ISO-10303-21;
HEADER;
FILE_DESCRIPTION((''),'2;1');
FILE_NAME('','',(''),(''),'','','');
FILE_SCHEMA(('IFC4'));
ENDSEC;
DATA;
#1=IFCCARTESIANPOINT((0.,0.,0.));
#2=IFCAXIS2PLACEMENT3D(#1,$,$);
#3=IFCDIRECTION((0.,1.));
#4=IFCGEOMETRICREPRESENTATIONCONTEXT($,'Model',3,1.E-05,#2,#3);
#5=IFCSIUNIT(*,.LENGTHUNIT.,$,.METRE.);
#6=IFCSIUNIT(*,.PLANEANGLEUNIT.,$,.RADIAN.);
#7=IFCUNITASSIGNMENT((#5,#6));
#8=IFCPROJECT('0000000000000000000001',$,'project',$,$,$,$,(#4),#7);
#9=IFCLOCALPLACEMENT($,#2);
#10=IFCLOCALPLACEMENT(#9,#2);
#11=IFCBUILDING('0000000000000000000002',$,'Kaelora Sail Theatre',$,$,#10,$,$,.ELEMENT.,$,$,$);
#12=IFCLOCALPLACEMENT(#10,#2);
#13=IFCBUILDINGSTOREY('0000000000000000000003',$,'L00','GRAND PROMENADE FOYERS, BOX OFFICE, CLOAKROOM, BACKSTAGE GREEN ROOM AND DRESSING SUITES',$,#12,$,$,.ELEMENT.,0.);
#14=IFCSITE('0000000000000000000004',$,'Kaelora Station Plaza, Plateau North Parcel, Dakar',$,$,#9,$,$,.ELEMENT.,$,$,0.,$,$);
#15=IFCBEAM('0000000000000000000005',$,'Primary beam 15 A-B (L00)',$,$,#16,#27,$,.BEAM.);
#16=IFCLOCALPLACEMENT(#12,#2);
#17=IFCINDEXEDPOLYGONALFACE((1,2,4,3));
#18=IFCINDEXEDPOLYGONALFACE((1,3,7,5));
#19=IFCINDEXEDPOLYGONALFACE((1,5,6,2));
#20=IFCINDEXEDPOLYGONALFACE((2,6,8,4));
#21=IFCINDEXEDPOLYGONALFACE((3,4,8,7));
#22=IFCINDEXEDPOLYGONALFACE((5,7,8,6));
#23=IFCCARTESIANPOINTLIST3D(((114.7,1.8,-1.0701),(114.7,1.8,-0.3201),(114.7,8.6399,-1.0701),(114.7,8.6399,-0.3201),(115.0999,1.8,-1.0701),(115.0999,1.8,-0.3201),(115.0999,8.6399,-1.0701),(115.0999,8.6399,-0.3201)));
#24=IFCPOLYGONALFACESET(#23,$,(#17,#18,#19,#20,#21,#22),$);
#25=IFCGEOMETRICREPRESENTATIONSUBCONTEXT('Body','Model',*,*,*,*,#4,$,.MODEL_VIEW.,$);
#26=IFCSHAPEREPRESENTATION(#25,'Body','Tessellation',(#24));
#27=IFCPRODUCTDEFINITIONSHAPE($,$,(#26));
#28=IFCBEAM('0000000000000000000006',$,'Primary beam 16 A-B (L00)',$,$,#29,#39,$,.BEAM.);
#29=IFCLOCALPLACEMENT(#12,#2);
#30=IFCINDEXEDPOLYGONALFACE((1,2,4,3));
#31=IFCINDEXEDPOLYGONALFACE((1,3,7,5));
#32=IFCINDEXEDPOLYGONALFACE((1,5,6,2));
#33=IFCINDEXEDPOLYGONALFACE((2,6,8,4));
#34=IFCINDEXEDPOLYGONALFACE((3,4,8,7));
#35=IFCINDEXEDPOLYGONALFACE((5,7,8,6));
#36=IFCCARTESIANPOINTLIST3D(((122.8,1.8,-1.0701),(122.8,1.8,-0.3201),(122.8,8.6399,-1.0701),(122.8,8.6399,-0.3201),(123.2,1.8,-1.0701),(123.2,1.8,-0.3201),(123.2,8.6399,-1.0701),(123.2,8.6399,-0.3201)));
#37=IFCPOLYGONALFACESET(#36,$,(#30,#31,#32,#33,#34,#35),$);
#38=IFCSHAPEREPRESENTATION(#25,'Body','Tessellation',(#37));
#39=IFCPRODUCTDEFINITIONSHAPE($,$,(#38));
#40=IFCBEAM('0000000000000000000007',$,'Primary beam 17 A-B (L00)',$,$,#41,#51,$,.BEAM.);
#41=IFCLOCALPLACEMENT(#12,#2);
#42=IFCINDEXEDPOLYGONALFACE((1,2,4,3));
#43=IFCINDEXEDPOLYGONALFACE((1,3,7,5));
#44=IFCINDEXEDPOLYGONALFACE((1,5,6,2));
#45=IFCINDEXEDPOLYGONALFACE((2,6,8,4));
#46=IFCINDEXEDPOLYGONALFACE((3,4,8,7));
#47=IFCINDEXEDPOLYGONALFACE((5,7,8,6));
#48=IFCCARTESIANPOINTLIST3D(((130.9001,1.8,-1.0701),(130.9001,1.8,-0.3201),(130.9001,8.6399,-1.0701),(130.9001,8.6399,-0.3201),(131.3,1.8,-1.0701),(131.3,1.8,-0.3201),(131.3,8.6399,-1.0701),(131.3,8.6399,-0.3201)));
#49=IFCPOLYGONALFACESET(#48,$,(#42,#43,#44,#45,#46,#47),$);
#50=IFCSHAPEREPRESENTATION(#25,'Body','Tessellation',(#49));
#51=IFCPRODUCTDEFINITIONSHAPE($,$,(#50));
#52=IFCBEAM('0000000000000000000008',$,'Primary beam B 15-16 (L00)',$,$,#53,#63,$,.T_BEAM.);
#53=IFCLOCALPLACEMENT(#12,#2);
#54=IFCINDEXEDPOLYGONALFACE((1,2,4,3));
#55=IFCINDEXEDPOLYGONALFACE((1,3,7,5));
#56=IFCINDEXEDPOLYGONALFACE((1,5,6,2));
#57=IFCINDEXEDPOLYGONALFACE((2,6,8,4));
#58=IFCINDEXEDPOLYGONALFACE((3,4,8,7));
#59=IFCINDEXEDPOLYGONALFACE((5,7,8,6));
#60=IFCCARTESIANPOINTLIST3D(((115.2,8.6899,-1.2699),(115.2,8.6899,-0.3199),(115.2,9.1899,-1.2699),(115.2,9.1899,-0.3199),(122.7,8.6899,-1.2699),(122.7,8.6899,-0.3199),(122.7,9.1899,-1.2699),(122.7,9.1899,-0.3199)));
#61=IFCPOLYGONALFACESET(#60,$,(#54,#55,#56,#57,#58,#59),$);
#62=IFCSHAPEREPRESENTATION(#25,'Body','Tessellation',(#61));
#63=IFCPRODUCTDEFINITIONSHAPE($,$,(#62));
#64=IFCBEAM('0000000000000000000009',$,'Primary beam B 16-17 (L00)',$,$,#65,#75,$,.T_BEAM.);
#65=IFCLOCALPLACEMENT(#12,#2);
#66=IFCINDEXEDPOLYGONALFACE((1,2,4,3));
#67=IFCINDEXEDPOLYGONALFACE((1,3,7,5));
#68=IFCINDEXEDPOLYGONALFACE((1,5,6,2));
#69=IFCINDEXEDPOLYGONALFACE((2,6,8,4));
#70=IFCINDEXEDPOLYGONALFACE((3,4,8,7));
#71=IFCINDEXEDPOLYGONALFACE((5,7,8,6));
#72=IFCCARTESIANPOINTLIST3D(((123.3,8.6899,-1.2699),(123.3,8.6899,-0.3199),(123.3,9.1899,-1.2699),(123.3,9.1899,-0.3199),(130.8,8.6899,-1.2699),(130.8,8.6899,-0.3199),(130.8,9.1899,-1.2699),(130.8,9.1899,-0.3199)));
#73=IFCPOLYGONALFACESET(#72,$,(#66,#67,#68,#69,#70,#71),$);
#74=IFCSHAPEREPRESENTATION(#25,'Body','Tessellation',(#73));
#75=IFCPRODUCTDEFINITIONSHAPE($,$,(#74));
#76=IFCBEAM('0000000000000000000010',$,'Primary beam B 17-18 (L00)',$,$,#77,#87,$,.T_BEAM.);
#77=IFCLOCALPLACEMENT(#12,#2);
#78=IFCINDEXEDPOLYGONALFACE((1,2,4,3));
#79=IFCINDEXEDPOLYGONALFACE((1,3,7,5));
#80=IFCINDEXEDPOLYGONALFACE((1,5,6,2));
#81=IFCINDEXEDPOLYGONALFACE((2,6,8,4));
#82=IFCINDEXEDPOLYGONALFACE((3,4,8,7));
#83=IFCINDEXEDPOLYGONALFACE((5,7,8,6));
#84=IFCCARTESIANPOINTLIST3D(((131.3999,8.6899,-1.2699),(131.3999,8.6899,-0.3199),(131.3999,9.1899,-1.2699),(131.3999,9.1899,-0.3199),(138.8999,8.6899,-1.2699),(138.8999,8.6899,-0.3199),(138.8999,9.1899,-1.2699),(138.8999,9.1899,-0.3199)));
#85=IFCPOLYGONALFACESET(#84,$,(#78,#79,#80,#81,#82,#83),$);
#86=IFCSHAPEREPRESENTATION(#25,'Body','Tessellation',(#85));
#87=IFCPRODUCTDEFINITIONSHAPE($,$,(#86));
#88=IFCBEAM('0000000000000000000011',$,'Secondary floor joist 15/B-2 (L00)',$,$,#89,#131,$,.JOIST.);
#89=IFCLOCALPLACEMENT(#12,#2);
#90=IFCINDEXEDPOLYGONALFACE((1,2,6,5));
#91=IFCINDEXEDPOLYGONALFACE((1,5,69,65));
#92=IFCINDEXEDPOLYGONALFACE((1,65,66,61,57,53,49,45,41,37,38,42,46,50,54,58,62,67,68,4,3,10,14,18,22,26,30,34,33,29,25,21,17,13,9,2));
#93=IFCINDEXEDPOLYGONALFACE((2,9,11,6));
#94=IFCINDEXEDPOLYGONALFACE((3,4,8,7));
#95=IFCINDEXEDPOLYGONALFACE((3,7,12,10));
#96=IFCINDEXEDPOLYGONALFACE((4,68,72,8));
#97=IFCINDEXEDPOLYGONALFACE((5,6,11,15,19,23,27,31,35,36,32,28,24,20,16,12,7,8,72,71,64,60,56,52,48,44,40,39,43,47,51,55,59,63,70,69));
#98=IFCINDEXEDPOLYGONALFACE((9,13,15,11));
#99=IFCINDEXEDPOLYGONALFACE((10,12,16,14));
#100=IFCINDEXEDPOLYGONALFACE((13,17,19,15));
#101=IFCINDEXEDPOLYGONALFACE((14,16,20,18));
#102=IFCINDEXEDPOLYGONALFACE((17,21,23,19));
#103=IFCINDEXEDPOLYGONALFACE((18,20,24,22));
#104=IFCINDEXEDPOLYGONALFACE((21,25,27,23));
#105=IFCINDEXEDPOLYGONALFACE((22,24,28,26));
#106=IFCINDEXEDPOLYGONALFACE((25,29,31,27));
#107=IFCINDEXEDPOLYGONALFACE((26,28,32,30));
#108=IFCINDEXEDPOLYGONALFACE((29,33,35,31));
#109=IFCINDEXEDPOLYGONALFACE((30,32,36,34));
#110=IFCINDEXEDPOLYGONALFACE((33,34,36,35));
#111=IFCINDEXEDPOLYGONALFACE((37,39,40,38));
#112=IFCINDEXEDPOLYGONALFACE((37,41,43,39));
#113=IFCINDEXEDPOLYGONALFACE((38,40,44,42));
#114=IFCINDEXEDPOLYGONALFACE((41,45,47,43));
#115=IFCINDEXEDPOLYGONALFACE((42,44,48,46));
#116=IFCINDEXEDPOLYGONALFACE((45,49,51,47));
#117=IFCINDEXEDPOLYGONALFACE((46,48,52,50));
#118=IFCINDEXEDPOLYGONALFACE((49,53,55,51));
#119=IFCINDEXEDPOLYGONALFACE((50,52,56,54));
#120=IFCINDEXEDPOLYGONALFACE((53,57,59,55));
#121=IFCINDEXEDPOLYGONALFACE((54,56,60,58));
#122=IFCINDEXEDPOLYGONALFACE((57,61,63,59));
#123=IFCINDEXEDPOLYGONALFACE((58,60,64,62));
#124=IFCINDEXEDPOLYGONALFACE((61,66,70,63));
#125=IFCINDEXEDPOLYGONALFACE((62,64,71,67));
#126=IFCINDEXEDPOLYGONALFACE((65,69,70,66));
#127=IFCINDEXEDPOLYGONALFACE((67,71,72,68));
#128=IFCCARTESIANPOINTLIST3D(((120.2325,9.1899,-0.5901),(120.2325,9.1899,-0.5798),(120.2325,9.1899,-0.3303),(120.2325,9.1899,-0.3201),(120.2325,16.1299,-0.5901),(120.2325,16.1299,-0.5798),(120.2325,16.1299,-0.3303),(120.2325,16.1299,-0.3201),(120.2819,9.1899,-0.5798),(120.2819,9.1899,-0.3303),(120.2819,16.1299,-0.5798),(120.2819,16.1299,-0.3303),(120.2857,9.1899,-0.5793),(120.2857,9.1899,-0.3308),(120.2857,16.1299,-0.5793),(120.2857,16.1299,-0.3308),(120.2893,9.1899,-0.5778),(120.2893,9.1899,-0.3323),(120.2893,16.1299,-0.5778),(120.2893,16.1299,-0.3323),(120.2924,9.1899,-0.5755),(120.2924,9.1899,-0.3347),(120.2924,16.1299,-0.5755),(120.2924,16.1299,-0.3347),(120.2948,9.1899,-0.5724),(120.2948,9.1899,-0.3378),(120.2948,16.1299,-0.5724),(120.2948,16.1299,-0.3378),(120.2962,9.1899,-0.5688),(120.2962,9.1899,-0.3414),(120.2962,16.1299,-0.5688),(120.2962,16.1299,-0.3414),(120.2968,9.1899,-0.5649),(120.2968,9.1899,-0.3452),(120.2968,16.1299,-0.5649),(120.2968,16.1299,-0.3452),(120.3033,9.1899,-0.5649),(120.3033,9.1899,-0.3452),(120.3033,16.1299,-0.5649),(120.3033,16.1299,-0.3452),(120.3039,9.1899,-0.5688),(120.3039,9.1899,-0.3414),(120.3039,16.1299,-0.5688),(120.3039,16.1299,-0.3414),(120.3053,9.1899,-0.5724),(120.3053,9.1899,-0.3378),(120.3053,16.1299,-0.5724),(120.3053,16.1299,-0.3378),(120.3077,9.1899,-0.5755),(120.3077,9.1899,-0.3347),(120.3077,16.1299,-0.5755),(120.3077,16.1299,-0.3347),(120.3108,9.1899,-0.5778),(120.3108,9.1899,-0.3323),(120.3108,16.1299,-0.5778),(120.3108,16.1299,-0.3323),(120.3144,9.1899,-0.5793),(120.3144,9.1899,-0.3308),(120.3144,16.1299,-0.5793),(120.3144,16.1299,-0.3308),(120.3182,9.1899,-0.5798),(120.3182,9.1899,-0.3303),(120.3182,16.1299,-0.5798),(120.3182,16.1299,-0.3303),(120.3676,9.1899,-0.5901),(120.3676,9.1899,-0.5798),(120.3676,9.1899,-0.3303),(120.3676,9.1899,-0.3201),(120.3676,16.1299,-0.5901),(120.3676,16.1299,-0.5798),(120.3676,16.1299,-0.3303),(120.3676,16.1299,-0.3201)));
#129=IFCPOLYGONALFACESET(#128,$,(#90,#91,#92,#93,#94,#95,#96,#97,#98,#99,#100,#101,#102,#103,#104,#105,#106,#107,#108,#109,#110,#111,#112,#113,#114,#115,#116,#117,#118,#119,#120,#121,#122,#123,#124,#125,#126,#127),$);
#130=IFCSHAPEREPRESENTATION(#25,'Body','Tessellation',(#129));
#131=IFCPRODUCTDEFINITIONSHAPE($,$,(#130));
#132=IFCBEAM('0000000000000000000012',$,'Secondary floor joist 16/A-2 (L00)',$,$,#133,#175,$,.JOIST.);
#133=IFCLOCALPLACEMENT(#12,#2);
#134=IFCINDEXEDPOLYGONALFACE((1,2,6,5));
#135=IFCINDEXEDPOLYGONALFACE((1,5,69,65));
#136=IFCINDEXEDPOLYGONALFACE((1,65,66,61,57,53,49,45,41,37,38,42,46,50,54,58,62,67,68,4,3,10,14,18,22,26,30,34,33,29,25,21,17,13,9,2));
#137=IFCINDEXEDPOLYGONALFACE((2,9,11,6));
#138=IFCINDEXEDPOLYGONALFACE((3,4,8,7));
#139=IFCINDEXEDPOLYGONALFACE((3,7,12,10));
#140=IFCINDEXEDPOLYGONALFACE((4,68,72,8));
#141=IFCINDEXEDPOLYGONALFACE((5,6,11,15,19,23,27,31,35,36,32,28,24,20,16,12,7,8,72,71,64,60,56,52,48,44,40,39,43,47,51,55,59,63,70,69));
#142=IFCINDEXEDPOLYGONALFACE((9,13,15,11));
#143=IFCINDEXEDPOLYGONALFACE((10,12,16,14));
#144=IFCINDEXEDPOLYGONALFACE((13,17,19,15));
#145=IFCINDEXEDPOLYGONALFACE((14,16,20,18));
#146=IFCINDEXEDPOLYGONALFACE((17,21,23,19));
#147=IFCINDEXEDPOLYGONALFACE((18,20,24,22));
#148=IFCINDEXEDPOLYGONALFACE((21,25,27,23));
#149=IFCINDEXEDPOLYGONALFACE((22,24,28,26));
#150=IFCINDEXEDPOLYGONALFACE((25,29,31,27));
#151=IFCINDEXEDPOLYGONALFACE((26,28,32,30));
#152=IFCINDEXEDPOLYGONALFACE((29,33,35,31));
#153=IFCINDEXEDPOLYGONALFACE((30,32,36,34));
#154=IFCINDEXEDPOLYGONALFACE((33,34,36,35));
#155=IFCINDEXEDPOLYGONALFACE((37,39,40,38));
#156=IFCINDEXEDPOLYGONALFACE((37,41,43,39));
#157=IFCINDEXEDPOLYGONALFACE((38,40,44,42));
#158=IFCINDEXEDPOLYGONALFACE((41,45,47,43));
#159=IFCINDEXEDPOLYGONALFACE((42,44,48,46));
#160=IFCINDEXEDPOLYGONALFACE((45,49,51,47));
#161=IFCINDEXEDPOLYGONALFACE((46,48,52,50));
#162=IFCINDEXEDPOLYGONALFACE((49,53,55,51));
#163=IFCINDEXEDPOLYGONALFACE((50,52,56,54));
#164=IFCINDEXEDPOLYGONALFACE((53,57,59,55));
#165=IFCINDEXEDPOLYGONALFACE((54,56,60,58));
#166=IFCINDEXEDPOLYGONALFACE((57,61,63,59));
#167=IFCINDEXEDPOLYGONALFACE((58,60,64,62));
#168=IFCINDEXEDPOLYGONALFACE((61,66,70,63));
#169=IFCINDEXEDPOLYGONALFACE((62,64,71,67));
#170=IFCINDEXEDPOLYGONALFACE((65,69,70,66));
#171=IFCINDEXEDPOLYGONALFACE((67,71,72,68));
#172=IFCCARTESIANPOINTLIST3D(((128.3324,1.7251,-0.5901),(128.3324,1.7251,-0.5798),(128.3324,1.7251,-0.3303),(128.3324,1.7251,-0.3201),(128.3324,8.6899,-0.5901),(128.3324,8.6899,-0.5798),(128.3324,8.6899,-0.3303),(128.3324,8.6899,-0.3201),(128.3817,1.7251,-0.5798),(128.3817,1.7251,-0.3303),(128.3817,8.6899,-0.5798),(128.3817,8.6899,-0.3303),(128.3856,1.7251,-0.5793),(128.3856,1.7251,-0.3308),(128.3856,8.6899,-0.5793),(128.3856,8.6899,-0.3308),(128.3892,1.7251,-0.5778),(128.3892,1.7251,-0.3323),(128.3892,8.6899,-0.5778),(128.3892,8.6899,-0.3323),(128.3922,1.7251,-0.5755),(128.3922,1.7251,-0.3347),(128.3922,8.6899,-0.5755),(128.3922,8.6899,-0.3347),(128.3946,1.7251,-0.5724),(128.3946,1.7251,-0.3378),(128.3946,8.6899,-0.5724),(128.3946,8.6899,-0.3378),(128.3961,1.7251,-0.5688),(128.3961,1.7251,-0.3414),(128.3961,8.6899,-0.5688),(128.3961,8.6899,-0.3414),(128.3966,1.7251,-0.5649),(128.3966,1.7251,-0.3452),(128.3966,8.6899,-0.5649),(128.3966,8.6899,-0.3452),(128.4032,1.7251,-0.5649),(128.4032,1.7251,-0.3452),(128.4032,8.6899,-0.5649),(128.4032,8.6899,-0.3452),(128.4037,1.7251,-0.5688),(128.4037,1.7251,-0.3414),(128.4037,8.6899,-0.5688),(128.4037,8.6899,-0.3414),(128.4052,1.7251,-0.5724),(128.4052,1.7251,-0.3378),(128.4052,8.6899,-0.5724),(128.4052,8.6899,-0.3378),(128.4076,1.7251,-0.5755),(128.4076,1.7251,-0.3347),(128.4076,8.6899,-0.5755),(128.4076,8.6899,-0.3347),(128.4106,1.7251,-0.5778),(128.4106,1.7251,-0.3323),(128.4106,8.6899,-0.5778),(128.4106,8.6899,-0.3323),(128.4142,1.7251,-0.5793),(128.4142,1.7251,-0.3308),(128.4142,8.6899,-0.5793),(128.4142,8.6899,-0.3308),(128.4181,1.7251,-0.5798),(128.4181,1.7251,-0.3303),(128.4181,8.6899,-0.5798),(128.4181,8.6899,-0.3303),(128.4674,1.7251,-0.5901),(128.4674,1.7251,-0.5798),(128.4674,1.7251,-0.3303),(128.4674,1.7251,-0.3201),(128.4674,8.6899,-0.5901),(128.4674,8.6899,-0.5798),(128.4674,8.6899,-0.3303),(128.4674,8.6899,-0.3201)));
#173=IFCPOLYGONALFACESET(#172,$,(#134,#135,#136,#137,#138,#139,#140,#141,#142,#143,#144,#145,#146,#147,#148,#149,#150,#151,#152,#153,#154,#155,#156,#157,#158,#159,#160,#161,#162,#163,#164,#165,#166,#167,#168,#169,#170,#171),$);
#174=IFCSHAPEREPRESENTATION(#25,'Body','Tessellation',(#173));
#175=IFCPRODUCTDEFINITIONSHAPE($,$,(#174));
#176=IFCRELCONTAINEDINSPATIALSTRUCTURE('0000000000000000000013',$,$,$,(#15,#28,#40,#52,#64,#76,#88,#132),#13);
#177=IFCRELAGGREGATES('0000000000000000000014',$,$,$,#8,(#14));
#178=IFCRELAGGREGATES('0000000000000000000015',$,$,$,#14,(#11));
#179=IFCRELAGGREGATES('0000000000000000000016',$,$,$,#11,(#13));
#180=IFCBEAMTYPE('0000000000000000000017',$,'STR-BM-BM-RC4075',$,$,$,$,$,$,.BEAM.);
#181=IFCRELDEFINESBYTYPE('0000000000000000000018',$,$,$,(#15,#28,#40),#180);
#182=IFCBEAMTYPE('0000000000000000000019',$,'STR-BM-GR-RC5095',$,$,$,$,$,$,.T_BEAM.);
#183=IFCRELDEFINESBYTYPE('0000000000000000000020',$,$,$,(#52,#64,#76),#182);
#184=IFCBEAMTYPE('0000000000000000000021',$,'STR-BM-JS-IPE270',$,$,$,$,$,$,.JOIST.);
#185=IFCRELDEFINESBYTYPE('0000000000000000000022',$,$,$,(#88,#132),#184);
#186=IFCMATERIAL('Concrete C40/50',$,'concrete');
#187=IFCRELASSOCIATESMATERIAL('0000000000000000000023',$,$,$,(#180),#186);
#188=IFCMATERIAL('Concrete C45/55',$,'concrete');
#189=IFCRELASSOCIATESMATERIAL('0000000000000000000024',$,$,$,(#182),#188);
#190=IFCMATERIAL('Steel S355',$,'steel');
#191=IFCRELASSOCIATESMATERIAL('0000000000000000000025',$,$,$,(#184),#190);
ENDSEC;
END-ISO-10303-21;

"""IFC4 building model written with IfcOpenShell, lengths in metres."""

from ifc_helpers import new_model, si_unit, direction, frame, origin, origin_2d, place, context, subcontext, project, spatial, rectangle, i_section, extrude, material, material_profile, profile_set, type_object, element, save


model = new_model("IFC4")

# Units and contexts
model_context = context("Model", 3, precision=1e-05, world=origin(), true_north=direction((0.0, 1.0)))
body_context = subcontext(model_context, "Body", "Model", "MODEL_VIEW")
ifc_project = project(units=[si_unit("LENGTHUNIT", "METRE"), si_unit("PLANEANGLEUNIT", "RADIAN")], contexts=[model_context])

# Site, building, storey
site_placement = place(None, origin())
site = spatial("IfcSite", under=ifc_project, at=site_placement, Name="Kaelora Station Plaza, Plateau North Parcel, Dakar", CompositionType="ELEMENT", RefElevation=0.0)
building_placement = place(site_placement, origin())
building = spatial("IfcBuilding", under=site, at=building_placement, Name="Kaelora Sail Theatre", CompositionType="ELEMENT")
storey_placement = place(building_placement, origin())
storey = spatial("IfcBuildingStorey", under=building, at=storey_placement, Name="L00", Description="GRAND PROMENADE FOYERS, BOX OFFICE, CLOAKROOM, BACKSTAGE GREEN ROOM AND DRESSING SUITES", CompositionType="ELEMENT", Elevation=0.0)

# Beams
ifc_material_1 = material(Name="Concrete C40/50", Category="concrete")
ifc_material_profile_1 = material_profile(ifc_material_1, rectangle(XDim=0.3999, YDim=0.75, at=origin_2d()), Name="RC-BM 400x750")
ifc_profile_set_1 = profile_set([ifc_material_profile_1], Name="Concrete C40/50")
beam_type_1 = type_object("IfcBeamType", Name="STR-BM-BM-RC4075", PredefinedType="BEAM", material=ifc_profile_set_1)
for number, where, z_axis, x_axis, name in (
    (1, (114.8999, 1.8, -0.6951), (0.0, 1.0, 0.0), (-1.0, 0.0, 0.0), "Primary beam 15 A-B (L00)"),
    (2, (123.0, 1.8, -0.6951), (0.0, 1.0, 0.0), (-1.0, 0.0, 0.0), "Primary beam 16 A-B (L00)"),
    (3, (131.1001, 1.8, -0.6951), (0.0, 1.0, 0.0), (-1.0, 0.0, 0.0), "Primary beam 17 A-B (L00)"),
):
    element("IfcBeam", number, at=place(storey_placement, frame(where, z_axis=z_axis, x_axis=x_axis)), inside=storey, type_object=beam_type_1, Name=name, PredefinedType="BEAM", context=body_context, shape_type="SweptSolid", body=[
        extrude(rectangle(XDim=0.3999, YDim=0.75, at=origin_2d()), origin(), (0.0, 0.0, 1.0), 6.8398),
    ])
ifc_material_2 = material(Name="Concrete C45/55", Category="concrete")
ifc_material_profile_2 = material_profile(ifc_material_2, rectangle(XDim=0.5, YDim=0.95, at=origin_2d()), Name="RC-GRD 500x950")
ifc_profile_set_2 = profile_set([ifc_material_profile_2], Name="Concrete C45/55")
beam_type_2 = type_object("IfcBeamType", Name="STR-BM-GR-RC5095", PredefinedType="T_BEAM", material=ifc_profile_set_2)
for number, where, z_axis, x_axis, name in (
    (4, (115.2, 8.9399, -0.7949), (1.0, 0.0, 0.0), (0.0, 1.0, 0.0), "Primary beam B 15-16 (L00)"),
    (5, (123.3, 8.9399, -0.7949), (1.0, 0.0, 0.0), (0.0, 1.0, 0.0), "Primary beam B 16-17 (L00)"),
    (6, (131.3999, 8.9399, -0.7949), (1.0, 0.0, 0.0), (0.0, 1.0, 0.0), "Primary beam B 17-18 (L00)"),
):
    element("IfcBeam", number, at=place(storey_placement, frame(where, z_axis=z_axis, x_axis=x_axis)), inside=storey, type_object=beam_type_2, Name=name, PredefinedType="T_BEAM", context=body_context, shape_type="SweptSolid", body=[
        extrude(rectangle(XDim=0.5, YDim=0.95, at=origin_2d()), origin(), (0.0, 0.0, 1.0), 7.5),
    ])
ifc_material_3 = material(Name="Steel S355", Category="steel")
ifc_material_profile_3 = material_profile(ifc_material_3, i_section(OverallWidth=0.135, OverallDepth=0.27, WebThickness=0.0066, FlangeThickness=0.0103, FilletRadius=0.0149, at=origin_2d()), Name="IPE 270")
ifc_profile_set_3 = profile_set([ifc_material_profile_3], Name="Steel S355")
beam_type_3 = type_object("IfcBeamType", Name="STR-BM-JS-IPE270", PredefinedType="JOIST", material=ifc_profile_set_3)
beam_1_placement = place(storey_placement, frame((120.3, 9.1899, -0.4551), z_axis=(0.0, 1.0, 0.0), x_axis=(-1.0, 0.0, 0.0)))
element("IfcBeam", 7, at=beam_1_placement, inside=storey, type_object=beam_type_3, Name="Secondary floor joist 15/B-2 (L00)", PredefinedType="JOIST", context=body_context, shape_type="SweptSolid", body=[
    extrude(i_section(OverallWidth=0.135, OverallDepth=0.27, WebThickness=0.0066, FlangeThickness=0.0103, FilletRadius=0.0149, at=origin_2d()), origin(), (0.0, 0.0, 1.0), 6.9399),
])
beam_2_placement = place(storey_placement, frame((128.3999, 1.7251, -0.4551), z_axis=(0.0, 1.0, 0.0), x_axis=(-1.0, 0.0, 0.0)))
element("IfcBeam", 8, at=beam_2_placement, inside=storey, type_object=beam_type_3, Name="Secondary floor joist 16/A-2 (L00)", PredefinedType="JOIST", context=body_context, shape_type="SweptSolid", body=[
    extrude(i_section(OverallWidth=0.135, OverallDepth=0.27, WebThickness=0.0066, FlangeThickness=0.0103, FilletRadius=0.0149, at=origin_2d()), origin(), (0.0, 0.0, 1.0), 6.9648),
])

save(model, "model.ifc")
